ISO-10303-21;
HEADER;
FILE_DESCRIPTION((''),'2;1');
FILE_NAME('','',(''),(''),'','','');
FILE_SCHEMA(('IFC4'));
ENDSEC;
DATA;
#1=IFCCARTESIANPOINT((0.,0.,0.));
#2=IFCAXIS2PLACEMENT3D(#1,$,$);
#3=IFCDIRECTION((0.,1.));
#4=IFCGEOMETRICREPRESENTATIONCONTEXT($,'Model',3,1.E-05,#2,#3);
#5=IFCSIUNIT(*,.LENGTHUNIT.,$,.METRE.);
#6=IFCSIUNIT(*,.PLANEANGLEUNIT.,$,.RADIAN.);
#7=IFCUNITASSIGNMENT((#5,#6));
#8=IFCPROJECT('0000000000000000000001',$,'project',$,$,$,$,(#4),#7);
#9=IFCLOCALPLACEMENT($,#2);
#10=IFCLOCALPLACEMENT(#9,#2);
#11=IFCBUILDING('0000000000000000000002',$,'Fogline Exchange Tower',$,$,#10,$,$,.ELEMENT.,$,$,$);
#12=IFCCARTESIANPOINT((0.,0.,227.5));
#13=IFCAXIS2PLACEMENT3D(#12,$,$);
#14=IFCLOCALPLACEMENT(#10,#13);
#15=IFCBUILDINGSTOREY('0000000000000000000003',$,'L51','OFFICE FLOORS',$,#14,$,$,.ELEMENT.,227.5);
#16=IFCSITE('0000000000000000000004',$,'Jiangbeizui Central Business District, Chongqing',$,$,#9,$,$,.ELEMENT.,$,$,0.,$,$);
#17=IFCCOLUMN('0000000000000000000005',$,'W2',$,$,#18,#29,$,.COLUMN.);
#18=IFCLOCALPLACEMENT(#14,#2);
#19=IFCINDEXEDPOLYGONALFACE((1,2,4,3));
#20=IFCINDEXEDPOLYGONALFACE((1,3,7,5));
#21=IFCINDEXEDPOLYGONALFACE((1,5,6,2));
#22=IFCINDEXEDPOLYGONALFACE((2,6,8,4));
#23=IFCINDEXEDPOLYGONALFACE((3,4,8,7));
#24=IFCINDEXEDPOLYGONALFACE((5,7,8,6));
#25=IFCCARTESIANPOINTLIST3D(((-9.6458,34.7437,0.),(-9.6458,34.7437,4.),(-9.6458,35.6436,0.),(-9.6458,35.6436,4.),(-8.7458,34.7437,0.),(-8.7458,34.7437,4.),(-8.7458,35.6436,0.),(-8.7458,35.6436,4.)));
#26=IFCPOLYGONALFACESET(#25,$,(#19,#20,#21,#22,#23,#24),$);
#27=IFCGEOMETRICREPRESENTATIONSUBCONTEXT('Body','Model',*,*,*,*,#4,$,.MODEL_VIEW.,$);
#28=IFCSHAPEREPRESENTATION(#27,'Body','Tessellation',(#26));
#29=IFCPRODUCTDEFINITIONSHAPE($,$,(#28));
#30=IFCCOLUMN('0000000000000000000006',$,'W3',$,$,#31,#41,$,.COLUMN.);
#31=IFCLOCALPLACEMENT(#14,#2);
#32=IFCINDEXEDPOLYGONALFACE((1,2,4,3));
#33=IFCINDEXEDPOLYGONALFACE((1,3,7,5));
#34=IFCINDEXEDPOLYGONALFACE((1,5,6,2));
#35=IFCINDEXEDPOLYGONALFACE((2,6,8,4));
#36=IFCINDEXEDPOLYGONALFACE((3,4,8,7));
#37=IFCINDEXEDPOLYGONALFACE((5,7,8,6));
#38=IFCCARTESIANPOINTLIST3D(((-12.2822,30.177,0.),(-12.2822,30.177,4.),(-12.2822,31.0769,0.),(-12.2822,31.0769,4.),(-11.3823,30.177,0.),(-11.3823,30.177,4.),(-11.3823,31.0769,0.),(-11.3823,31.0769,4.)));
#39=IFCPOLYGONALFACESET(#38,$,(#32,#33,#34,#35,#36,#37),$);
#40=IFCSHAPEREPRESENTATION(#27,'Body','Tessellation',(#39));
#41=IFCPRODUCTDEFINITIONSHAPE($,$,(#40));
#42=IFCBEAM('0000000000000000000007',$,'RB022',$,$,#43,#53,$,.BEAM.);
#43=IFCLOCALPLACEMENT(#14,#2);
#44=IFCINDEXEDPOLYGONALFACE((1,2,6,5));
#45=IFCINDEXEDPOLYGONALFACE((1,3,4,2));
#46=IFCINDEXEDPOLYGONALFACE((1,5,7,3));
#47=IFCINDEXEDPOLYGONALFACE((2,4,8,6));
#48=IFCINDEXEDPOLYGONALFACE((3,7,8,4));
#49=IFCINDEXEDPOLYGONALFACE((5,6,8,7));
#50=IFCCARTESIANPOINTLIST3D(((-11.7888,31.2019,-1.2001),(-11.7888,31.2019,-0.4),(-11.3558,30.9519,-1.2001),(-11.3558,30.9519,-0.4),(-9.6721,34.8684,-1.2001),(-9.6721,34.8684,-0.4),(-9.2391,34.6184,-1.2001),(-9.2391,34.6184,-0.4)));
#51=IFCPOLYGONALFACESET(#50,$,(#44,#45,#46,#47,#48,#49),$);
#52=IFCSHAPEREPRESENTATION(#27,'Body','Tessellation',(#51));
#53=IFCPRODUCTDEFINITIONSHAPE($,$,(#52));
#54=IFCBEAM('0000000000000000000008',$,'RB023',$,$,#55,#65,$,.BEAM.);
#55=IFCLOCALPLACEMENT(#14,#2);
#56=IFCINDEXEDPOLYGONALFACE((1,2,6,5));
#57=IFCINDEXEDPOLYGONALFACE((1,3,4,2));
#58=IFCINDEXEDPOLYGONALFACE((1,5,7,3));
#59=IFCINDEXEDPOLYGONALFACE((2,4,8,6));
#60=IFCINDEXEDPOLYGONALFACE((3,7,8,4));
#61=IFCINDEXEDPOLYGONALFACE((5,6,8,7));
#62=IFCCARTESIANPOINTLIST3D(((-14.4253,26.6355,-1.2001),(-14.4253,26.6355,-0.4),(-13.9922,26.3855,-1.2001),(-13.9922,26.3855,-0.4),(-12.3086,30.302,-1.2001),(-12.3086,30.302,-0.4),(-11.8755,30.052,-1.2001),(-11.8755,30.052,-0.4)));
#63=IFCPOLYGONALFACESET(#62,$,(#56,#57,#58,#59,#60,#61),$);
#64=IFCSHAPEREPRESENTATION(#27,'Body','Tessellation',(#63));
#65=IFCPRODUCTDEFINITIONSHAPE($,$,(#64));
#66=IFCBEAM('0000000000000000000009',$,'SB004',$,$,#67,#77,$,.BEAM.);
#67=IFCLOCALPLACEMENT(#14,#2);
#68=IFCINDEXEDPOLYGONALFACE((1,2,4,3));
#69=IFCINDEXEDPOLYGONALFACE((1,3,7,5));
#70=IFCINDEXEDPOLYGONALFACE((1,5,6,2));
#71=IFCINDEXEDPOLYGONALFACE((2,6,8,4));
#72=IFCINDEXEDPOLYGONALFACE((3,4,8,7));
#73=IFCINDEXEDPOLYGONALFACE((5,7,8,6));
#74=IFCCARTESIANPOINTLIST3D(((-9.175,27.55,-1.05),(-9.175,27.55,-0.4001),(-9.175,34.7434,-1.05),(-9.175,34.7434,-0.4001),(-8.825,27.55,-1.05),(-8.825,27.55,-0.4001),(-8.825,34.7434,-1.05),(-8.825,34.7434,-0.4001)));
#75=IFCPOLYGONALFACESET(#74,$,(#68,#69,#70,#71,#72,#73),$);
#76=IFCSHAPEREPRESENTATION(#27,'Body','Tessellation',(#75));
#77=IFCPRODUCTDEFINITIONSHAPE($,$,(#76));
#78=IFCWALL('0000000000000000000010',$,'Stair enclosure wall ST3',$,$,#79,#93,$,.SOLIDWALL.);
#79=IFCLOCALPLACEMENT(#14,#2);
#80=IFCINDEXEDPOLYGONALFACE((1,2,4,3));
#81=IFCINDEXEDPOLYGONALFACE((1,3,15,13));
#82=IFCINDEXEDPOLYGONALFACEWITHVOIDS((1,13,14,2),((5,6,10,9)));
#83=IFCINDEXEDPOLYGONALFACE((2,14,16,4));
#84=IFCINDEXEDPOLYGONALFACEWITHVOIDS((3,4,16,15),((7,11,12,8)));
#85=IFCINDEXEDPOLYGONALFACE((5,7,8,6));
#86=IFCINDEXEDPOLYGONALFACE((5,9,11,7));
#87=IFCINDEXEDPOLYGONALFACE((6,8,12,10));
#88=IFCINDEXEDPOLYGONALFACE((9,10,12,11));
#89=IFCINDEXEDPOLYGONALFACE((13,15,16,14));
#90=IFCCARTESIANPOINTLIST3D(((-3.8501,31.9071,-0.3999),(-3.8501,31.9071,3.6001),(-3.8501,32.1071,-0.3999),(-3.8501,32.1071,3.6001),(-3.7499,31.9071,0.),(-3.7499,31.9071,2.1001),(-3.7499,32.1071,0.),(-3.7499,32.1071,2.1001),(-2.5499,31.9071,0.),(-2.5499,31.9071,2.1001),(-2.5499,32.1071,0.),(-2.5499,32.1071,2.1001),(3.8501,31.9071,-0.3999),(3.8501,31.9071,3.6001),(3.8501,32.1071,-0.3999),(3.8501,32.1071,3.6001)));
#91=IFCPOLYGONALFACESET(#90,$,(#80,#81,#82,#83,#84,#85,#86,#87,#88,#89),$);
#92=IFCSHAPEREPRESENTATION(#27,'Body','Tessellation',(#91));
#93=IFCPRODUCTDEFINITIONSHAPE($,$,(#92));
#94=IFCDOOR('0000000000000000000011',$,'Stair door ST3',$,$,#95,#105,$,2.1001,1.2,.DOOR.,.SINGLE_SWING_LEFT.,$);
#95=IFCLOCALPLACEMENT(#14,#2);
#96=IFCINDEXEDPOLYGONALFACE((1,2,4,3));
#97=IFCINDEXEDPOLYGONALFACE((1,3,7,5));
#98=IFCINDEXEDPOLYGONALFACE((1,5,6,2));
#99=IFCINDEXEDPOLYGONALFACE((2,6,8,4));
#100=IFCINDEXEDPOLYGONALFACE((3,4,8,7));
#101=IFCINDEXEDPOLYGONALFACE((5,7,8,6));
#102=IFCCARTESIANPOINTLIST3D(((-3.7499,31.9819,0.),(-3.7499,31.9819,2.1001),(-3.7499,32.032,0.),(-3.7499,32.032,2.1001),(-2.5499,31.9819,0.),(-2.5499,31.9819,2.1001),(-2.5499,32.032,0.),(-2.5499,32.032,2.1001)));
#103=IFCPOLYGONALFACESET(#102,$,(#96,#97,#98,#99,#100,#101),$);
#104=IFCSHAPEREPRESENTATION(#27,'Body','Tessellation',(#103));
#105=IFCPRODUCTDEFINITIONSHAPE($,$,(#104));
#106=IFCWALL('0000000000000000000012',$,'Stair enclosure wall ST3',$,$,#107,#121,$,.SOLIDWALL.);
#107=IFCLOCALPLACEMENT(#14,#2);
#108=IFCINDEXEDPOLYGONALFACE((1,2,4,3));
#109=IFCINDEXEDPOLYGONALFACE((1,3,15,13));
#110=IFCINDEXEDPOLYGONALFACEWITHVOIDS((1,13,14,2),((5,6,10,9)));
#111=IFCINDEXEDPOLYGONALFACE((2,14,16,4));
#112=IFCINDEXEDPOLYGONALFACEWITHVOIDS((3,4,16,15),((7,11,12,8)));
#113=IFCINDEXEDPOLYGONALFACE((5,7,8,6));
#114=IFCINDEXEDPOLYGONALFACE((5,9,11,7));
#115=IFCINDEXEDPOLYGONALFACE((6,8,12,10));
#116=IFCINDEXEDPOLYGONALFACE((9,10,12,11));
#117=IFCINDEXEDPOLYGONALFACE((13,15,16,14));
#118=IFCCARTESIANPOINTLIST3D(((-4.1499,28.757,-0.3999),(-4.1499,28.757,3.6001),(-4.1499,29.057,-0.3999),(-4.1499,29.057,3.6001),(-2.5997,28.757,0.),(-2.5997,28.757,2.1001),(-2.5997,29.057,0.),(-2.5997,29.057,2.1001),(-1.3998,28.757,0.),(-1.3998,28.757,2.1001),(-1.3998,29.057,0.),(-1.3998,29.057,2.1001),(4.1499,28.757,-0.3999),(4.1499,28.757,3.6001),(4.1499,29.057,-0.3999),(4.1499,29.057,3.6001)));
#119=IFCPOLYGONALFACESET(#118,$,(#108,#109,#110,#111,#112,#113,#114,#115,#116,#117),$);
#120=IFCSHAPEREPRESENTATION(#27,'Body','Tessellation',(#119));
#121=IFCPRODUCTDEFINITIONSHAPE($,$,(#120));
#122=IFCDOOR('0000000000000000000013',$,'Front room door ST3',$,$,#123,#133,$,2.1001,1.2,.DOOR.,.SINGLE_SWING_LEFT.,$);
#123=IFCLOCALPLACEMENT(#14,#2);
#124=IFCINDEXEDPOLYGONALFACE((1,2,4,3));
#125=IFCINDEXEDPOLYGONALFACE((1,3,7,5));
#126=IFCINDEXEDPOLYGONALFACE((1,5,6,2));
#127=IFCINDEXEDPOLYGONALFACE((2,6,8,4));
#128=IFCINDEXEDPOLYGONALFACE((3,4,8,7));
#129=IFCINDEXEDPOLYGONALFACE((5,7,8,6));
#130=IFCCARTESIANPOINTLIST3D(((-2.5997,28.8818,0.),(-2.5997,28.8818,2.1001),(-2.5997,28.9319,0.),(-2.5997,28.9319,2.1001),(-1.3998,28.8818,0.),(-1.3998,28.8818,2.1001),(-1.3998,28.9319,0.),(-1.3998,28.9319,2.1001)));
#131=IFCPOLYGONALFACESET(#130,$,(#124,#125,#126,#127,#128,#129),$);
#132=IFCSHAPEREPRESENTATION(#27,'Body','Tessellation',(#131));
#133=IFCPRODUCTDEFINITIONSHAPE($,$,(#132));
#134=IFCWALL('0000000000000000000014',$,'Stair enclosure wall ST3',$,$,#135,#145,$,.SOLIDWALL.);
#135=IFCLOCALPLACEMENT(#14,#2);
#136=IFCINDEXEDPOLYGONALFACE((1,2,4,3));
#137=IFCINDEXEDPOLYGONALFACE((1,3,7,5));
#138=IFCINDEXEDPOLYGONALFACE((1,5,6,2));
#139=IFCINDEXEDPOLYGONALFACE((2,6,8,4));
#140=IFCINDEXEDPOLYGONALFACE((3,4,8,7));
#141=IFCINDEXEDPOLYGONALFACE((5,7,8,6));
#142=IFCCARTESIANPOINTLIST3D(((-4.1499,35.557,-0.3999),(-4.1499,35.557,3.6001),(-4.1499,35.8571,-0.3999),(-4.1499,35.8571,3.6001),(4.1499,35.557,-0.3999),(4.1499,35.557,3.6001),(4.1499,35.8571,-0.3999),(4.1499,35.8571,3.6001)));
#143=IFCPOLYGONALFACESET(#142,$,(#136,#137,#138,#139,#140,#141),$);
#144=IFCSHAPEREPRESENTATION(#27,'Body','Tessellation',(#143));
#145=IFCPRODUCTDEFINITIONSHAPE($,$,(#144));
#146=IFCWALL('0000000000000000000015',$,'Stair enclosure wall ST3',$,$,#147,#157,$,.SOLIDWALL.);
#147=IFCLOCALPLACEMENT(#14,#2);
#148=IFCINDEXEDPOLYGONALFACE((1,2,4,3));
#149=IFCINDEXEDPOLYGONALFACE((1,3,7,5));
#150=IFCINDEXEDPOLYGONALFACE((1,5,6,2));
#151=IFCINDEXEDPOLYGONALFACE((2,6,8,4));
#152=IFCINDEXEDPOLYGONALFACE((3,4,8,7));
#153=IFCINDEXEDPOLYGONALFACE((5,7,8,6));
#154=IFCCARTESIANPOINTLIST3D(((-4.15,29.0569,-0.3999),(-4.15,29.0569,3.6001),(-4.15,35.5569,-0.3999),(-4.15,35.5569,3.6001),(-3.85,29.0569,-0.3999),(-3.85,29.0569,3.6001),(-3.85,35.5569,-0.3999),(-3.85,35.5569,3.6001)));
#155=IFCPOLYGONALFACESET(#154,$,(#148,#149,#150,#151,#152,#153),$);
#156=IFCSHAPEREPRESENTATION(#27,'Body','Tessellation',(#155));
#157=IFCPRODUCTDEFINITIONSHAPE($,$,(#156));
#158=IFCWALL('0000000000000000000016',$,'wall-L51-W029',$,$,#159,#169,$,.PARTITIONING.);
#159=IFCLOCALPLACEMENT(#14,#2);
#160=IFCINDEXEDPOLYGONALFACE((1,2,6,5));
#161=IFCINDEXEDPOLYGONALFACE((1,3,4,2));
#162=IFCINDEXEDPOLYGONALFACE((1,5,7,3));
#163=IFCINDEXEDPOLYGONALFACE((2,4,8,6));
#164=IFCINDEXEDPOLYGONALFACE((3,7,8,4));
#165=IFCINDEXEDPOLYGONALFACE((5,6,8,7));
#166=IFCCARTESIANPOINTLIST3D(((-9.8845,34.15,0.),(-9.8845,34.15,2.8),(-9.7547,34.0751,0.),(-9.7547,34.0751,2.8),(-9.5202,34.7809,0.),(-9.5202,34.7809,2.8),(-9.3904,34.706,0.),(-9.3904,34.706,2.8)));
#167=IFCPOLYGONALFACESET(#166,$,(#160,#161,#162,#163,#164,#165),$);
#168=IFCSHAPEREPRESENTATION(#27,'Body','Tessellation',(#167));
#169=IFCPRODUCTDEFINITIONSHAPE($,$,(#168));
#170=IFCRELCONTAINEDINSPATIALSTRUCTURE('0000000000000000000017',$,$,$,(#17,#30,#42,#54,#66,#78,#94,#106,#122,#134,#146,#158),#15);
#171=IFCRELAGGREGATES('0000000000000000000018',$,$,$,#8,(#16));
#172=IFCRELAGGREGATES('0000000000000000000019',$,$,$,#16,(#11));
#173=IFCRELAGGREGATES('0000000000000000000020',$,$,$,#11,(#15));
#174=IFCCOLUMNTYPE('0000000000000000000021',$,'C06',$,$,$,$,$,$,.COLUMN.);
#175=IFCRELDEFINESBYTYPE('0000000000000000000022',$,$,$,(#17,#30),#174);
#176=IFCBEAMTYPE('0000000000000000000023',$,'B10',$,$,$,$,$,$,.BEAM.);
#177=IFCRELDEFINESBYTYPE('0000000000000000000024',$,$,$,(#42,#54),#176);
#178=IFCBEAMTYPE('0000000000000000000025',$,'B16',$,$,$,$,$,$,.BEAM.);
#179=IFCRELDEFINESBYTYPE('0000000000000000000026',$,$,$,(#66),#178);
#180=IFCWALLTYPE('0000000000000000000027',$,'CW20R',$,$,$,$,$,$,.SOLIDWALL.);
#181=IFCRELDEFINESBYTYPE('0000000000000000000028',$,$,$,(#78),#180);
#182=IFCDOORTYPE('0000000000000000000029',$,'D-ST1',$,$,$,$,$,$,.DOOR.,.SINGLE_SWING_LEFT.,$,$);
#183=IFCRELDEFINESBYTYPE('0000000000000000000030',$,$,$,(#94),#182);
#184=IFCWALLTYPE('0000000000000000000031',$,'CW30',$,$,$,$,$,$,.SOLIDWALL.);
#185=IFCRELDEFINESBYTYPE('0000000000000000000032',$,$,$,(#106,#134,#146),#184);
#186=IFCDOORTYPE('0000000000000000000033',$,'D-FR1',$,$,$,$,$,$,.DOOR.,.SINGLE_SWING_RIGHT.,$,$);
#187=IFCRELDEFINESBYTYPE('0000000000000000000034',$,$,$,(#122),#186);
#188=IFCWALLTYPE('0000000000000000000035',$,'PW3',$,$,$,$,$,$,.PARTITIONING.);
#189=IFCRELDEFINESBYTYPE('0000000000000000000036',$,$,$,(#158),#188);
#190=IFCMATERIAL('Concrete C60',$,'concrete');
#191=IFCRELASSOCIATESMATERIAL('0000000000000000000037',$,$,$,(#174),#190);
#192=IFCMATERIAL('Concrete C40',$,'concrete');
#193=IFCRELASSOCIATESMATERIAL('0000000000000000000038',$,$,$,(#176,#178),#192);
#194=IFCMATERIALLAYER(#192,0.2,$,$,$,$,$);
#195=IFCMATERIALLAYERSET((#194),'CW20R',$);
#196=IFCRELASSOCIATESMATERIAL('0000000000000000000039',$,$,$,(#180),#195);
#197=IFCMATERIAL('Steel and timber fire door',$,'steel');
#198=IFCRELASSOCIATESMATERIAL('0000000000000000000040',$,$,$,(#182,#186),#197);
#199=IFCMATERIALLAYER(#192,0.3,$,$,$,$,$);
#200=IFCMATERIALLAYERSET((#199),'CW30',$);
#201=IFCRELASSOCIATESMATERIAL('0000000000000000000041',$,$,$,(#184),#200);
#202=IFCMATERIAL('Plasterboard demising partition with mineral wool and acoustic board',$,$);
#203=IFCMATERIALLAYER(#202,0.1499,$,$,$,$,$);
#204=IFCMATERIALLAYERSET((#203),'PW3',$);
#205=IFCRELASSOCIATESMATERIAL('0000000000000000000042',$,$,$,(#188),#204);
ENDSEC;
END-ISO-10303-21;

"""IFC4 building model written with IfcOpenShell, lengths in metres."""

from ifc_helpers import new_model, si_unit, direction, frame, frame_2d, origin, origin_2d, place, context, subcontext, project, spatial, rectangle, extrude, material, layer, layer_set, material_profile, profile_set, type_object, element, fill, save


model = new_model("IFC4")

# Units and contexts
model_context = context("Model", 3, precision=1e-05, world=origin(), true_north=direction((0.0, 1.0)))
body_context = subcontext(model_context, "Body", "Model", "MODEL_VIEW")
ifc_project = project(units=[si_unit("LENGTHUNIT", "METRE"), si_unit("PLANEANGLEUNIT", "RADIAN")], contexts=[model_context])

# Site, building, storey
site_placement = place(None, origin())
site = spatial("IfcSite", under=ifc_project, at=site_placement, Name="Jiangbeizui Central Business District, Chongqing", CompositionType="ELEMENT", RefElevation=0.0)
building_placement = place(site_placement, origin())
building = spatial("IfcBuilding", under=site, at=building_placement, Name="Fogline Exchange Tower", CompositionType="ELEMENT")
storey_placement = place(building_placement, frame((0.0, 0.0, 227.5)))
storey = spatial("IfcBuildingStorey", under=building, at=storey_placement, Name="L51", Description="OFFICE FLOORS", CompositionType="ELEMENT", Elevation=227.5)

# Columns
ifc_material_1 = material(Name="Concrete C60", Category="concrete")
ifc_material_profile_1 = material_profile(ifc_material_1, rectangle(XDim=0.8999, YDim=0.8999, at=origin_2d()), Name="RC 900x900")
ifc_profile_set_1 = profile_set([ifc_material_profile_1], Name="Concrete C60")
column_type = type_object("IfcColumnType", Name="C06", PredefinedType="COLUMN", material=ifc_profile_set_1)
for number, where, z_axis, x_axis, name in (
    (1, (-9.1958, 35.1936, 0.0), (0.0, 0.0, 1.0), (1.0, 0.0, 0.0), "W2"),
    (2, (-11.8323, 30.627, 0.0), (0.0, 0.0, 1.0), (1.0, 0.0, 0.0), "W3"),
):
    element("IfcColumn", number, at=place(storey_placement, frame(where, z_axis=z_axis, x_axis=x_axis)), inside=storey, type_object=column_type, Name=name, PredefinedType="COLUMN", context=body_context, shape_type="SweptSolid", body=[
        extrude(rectangle(XDim=0.8999, YDim=0.8999, at=origin_2d()), origin(), (0.0, 0.0, 1.0), 4.0),
    ])

# Beams
ifc_material_2 = material(Name="Concrete C40", Category="concrete")
ifc_material_profile_2 = material_profile(ifc_material_2, rectangle(XDim=0.5, YDim=0.8, at=origin_2d()), Name="RC 500x800")
ifc_profile_set_2 = profile_set([ifc_material_profile_2], Name="Concrete C40")
beam_type_1 = type_object("IfcBeamType", Name="B10", PredefinedType="BEAM", material=ifc_profile_set_2)
for number, where, z_axis, x_axis, name in (
    (3, (-9.4556, 34.7434, -0.8), (-0.499972, -0.866042, 0.0), (0.866042, -0.499972, 0.0), "RB022"),
    (4, (-12.092, 30.177, -0.8), (-0.499972, -0.866042, 0.0), (0.866042, -0.499972, 0.0), "RB023"),
):
    element("IfcBeam", number, at=place(storey_placement, frame(where, z_axis=z_axis, x_axis=x_axis)), inside=storey, type_object=beam_type_1, Name=name, PredefinedType="BEAM", context=body_context, shape_type="SweptSolid", body=[
        extrude(rectangle(XDim=0.5, YDim=0.8, at=origin_2d()), origin(), (0.0, 0.0, 1.0), 4.2336),
    ])
ifc_material_profile_3 = material_profile(ifc_material_2, rectangle(XDim=0.3501, YDim=0.6499, at=origin_2d()), Name="RC 350x650")
ifc_profile_set_3 = profile_set([ifc_material_profile_3], Name="Concrete C40")
beam_type_2 = type_object("IfcBeamType", Name="B16", PredefinedType="BEAM", material=ifc_profile_set_3)
beam_placement = place(storey_placement, frame((-9.0, 27.55, -0.7251), z_axis=(0.0, 1.0, 0.0), x_axis=(-1.0, 0.0, 0.0)))
element("IfcBeam", 5, at=beam_placement, inside=storey, type_object=beam_type_2, Name="SB004", PredefinedType="BEAM", context=body_context, shape_type="SweptSolid", body=[
    extrude(rectangle(XDim=0.3501, YDim=0.6499, at=origin_2d()), origin(), (0.0, 0.0, 1.0), 7.1934),
])

# Walls, openings, doors
ifc_layer_1 = layer(ifc_material_2, 0.2)
ifc_layer_set_1 = layer_set([ifc_layer_1], Name="CW20R")
wall_type_1 = type_object("IfcWallType", Name="CW20R", PredefinedType="SOLIDWALL", material=ifc_layer_set_1)
wall_1_placement = place(storey_placement, frame((-3.8501, 32.0071, -0.3999), z_axis=(0.0, 0.0, 1.0), x_axis=(1.0, 0.0, 0.0)))
wall_1 = element("IfcWall", 6, at=wall_1_placement, inside=storey, type_object=wall_type_1, Name="Stair enclosure wall ST3", PredefinedType="SOLIDWALL", context=body_context, shape_type="SweptSolid", body=[
    extrude(rectangle(XDim=7.7002, YDim=0.2, at=frame_2d((3.8501, 0.0))), origin(), (0.0, 0.0, 1.0), 4.0),
])
opening_1_placement = place(wall_1_placement, frame((0.1001, 0.0, 0.3999)))
opening_1 = element("IfcOpeningElement", 7, at=opening_1_placement, cuts=wall_1, PredefinedType="OPENING", context=body_context, shape_type="SweptSolid", body=[
    extrude(rectangle(XDim=1.2, YDim=2.1001, at=frame_2d((0.6001, 1.05))), frame((0.0, 0.1099, 0.0), z_axis=(0.0, -1.0, 0.0), x_axis=(1.0, 0.0, 0.0)), (0.0, 0.0, 1.0), 0.22),
])
ifc_material_3 = material(Name="Steel and timber fire door", Category="steel")
door_type_1 = type_object("IfcDoorType", Name="D-ST1", OperationType="SINGLE_SWING_LEFT", PredefinedType="DOOR", material=ifc_material_3)
door_1_placement = place(opening_1_placement, origin())
door_1 = element("IfcDoor", 8, at=door_1_placement, inside=storey, type_object=door_type_1, Name="Stair door ST3", OperationType="SINGLE_SWING_LEFT", OverallHeight=2.1001, OverallWidth=1.2, PredefinedType="DOOR", context=body_context, shape_type="SweptSolid", body=[
    extrude(rectangle(XDim=1.2, YDim=2.1001, at=frame_2d((0.6001, 1.05))), frame((0.0, 0.0249, 0.0), z_axis=(0.0, -1.0, 0.0), x_axis=(1.0, 0.0, 0.0)), (0.0, 0.0, 1.0), 0.05),
])
fill(opening_1, door_1)
ifc_layer_2 = layer(ifc_material_2, 0.3)
ifc_layer_set_2 = layer_set([ifc_layer_2], Name="CW30")
wall_type_2 = type_object("IfcWallType", Name="CW30", PredefinedType="SOLIDWALL", material=ifc_layer_set_2)
wall_2_placement = place(storey_placement, frame((-4.1499, 28.907, -0.3999), z_axis=(0.0, 0.0, 1.0), x_axis=(1.0, 0.0, 0.0)))
wall_2 = element("IfcWall", 9, at=wall_2_placement, inside=storey, type_object=wall_type_2, Name="Stair enclosure wall ST3", PredefinedType="SOLIDWALL", context=body_context, shape_type="SweptSolid", body=[
    extrude(rectangle(XDim=8.2998, YDim=0.3, at=frame_2d((4.1499, 0.0))), origin(), (0.0, 0.0, 1.0), 4.0),
])
opening_2_placement = place(wall_2_placement, frame((1.55, 0.0, 0.3999)))
opening_2 = element("IfcOpeningElement", 10, at=opening_2_placement, cuts=wall_2, PredefinedType="OPENING", context=body_context, shape_type="SweptSolid", body=[
    extrude(rectangle(XDim=1.2, YDim=2.1001, at=frame_2d((0.6001, 1.05))), frame((0.0, 0.1602, 0.0), z_axis=(0.0, -1.0, 0.0), x_axis=(1.0, 0.0, 0.0)), (0.0, 0.0, 1.0), 0.3201),
])
door_type_2 = type_object("IfcDoorType", Name="D-FR1", OperationType="SINGLE_SWING_RIGHT", PredefinedType="DOOR", material=ifc_material_3)
door_2_placement = place(opening_2_placement, origin())
door_2 = element("IfcDoor", 11, at=door_2_placement, inside=storey, type_object=door_type_2, Name="Front room door ST3", OperationType="SINGLE_SWING_LEFT", OverallHeight=2.1001, OverallWidth=1.2, PredefinedType="DOOR", context=body_context, shape_type="SweptSolid", body=[
    extrude(rectangle(XDim=1.2, YDim=2.1001, at=frame_2d((0.6001, 1.05))), frame((0.0, 0.0249, 0.0), z_axis=(0.0, -1.0, 0.0), x_axis=(1.0, 0.0, 0.0)), (0.0, 0.0, 1.0), 0.05),
])
fill(opening_2, door_2)

# Walls
wall_3_placement = place(storey_placement, frame((-4.1499, 35.707, -0.3999), z_axis=(0.0, 0.0, 1.0), x_axis=(1.0, 0.0, 0.0)))
element("IfcWall", 12, at=wall_3_placement, inside=storey, type_object=wall_type_2, Name="Stair enclosure wall ST3", PredefinedType="SOLIDWALL", context=body_context, shape_type="SweptSolid", body=[
    extrude(rectangle(XDim=8.2998, YDim=0.3, at=frame_2d((4.1499, 0.0))), origin(), (0.0, 0.0, 1.0), 4.0),
])
wall_4_placement = place(storey_placement, frame((-4.0, 29.0569, -0.3999), z_axis=(0.0, 0.0, 1.0), x_axis=(0.0, 1.0, 0.0)))
element("IfcWall", 13, at=wall_4_placement, inside=storey, type_object=wall_type_2, Name="Stair enclosure wall ST3", PredefinedType="SOLIDWALL", context=body_context, shape_type="SweptSolid", body=[
    extrude(rectangle(XDim=6.5, YDim=0.3, at=frame_2d((3.25, 0.0))), origin(), (0.0, 0.0, 1.0), 4.0),
])
ifc_material_4 = material(Name="Plasterboard demising partition with mineral wool and acoustic board")
ifc_layer_3 = layer(ifc_material_4, 0.1499)
ifc_layer_set_3 = layer_set([ifc_layer_3], Name="PW3")
wall_type_3 = type_object("IfcWallType", Name="PW3", PredefinedType="PARTITIONING", material=ifc_layer_set_3)
wall_5_placement = place(storey_placement, frame((-9.8196, 34.1125, 0.0), z_axis=(0.0, 0.0, 1.0), x_axis=(0.500032, 0.866007, 0.0)))
element("IfcWall", 14, at=wall_5_placement, inside=storey, type_object=wall_type_3, Name="wall-L51-W029", PredefinedType="PARTITIONING", context=body_context, shape_type="SweptSolid", body=[
    extrude(rectangle(XDim=0.7285, YDim=0.1499, at=frame_2d((0.3643, 0.0))), origin(), (0.0, 0.0, 1.0), 2.8),
])

save(model, "model.ifc")
